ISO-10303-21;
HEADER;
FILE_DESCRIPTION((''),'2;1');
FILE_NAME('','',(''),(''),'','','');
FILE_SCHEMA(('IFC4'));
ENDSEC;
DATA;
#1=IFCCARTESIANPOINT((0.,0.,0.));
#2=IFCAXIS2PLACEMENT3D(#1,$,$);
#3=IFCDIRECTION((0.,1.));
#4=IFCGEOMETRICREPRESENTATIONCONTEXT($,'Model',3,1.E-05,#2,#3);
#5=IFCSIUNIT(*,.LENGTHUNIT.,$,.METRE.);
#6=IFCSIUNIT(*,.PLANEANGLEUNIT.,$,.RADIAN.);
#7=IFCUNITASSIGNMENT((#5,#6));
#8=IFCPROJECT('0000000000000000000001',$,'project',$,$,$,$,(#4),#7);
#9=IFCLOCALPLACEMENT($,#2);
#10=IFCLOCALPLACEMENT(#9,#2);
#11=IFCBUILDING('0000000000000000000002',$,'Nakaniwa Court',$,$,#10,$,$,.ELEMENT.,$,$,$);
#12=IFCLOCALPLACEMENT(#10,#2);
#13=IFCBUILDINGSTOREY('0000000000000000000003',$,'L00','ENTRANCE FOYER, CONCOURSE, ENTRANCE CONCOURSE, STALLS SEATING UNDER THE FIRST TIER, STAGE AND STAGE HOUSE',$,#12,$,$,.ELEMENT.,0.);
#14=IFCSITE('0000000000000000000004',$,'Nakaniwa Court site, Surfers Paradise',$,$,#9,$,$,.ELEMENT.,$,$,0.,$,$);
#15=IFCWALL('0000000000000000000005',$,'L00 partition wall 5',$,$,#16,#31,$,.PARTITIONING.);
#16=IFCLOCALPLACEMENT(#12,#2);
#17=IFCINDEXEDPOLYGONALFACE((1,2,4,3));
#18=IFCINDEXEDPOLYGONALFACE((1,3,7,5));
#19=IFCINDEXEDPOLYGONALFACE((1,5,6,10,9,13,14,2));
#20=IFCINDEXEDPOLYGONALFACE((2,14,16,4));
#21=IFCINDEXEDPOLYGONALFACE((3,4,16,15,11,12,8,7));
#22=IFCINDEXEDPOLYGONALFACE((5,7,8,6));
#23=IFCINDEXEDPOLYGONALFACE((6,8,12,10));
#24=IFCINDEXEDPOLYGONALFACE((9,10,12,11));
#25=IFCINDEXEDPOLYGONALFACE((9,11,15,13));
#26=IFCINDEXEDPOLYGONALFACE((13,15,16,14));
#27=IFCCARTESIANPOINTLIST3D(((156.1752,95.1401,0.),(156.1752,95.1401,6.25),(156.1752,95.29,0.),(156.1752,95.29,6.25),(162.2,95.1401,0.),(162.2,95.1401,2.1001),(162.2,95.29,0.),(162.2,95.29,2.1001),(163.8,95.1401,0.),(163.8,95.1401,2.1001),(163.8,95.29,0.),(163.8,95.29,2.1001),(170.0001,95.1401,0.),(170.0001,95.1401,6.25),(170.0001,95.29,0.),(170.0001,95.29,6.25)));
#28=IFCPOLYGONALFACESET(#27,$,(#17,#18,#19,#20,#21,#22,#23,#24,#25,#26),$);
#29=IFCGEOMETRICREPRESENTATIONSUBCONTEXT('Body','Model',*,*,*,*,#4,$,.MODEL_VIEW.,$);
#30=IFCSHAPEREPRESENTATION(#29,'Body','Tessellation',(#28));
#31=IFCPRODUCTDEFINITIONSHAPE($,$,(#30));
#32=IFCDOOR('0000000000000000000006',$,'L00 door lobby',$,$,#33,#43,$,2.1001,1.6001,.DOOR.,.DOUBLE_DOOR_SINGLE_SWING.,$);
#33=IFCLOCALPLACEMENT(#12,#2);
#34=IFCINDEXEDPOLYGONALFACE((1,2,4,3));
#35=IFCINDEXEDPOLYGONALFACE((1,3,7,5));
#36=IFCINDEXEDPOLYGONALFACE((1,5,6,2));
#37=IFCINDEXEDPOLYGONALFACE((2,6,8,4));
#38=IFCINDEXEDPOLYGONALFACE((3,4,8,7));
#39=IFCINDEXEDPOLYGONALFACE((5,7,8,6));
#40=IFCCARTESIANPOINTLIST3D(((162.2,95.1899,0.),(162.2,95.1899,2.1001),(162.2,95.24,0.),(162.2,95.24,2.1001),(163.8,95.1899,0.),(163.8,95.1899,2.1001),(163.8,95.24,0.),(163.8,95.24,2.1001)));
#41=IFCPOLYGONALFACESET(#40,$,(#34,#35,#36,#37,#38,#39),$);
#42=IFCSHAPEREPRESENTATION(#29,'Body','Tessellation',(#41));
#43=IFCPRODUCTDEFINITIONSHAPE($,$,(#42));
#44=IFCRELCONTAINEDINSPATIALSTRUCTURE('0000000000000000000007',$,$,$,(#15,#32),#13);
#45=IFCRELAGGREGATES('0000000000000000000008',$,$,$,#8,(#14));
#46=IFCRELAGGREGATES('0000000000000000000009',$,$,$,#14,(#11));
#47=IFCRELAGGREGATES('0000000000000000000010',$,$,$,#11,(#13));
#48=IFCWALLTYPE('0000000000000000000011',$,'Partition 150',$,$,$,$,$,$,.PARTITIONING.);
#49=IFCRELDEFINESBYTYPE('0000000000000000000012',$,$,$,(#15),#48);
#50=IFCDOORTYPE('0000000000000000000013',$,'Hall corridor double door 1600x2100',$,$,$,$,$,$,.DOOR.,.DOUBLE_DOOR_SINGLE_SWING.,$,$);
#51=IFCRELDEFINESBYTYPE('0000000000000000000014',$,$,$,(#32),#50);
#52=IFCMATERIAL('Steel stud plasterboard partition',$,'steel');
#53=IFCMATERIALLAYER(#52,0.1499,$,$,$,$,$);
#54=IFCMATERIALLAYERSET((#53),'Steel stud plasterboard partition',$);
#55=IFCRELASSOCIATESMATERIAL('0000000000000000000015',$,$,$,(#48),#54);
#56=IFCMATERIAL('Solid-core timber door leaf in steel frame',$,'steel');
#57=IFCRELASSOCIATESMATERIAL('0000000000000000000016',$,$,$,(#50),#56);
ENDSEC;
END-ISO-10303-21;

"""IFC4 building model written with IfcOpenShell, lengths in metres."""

from ifc_helpers import new_model, si_unit, direction, frame, frame_2d, origin, place, context, subcontext, project, spatial, rectangle, extrude, material, layer, layer_set, type_object, element, fill, save


model = new_model("IFC4")

# Units and contexts
model_context = context("Model", 3, precision=1e-05, world=origin(), true_north=direction((0.0, 1.0)))
body_context = subcontext(model_context, "Body", "Model", "MODEL_VIEW")
ifc_project = project(units=[si_unit("LENGTHUNIT", "METRE"), si_unit("PLANEANGLEUNIT", "RADIAN")], contexts=[model_context])

# Site, building, storey
site_placement = place(None, origin())
site = spatial("IfcSite", under=ifc_project, at=site_placement, Name="Nakaniwa Court site, Surfers Paradise", CompositionType="ELEMENT", RefElevation=0.0)
building_placement = place(site_placement, origin())
building = spatial("IfcBuilding", under=site, at=building_placement, Name="Nakaniwa Court", CompositionType="ELEMENT")
storey_placement = place(building_placement, origin())
storey = spatial("IfcBuildingStorey", under=building, at=storey_placement, Name="L00", Description="ENTRANCE FOYER, CONCOURSE, ENTRANCE CONCOURSE, STALLS SEATING UNDER THE FIRST TIER, STAGE AND STAGE HOUSE", CompositionType="ELEMENT", Elevation=0.0)

# Wall, opening, door
ifc_material_1 = material(Name="Steel stud plasterboard partition", Category="steel")
ifc_layer = layer(ifc_material_1, 0.1499)
ifc_layer_set = layer_set([ifc_layer], Name="Steel stud plasterboard partition")
wall_type = type_object("IfcWallType", Name="Partition 150", PredefinedType="PARTITIONING", material=ifc_layer_set)
wall_placement = place(storey_placement, frame((156.175, 95.2151, 0.0), z_axis=(0.0, 0.0, 1.0), x_axis=(1.0, 0.0, 0.0)))
wall = element("IfcWall", 1, at=wall_placement, inside=storey, type_object=wall_type, Name="L00 partition wall 5", PredefinedType="PARTITIONING", context=body_context, shape_type="SweptSolid", body=[
    extrude(rectangle(XDim=13.825, YDim=0.1499, at=frame_2d((6.9126, 0.0))), origin(), (0.0, 0.0, 1.0), 6.25),
])
opening_placement = place(wall_placement, frame((6.0249, 0.0, 0.0)))
opening = element("IfcOpeningElement", 2, at=opening_placement, cuts=wall, PredefinedType="OPENING", context=body_context, shape_type="SweptSolid", body=[
    extrude(rectangle(XDim=1.6001, YDim=2.1001, at=frame_2d((0.8, 1.05))), frame((0.0, 0.085, 0.0), z_axis=(0.0, -1.0, 0.0), x_axis=(1.0, 0.0, 0.0)), (0.0, 0.0, 1.0), 0.1699),
])
ifc_material_2 = material(Name="Solid-core timber door leaf in steel frame", Category="steel")
door_type = type_object("IfcDoorType", Name="Hall corridor double door 1600x2100", OperationType="DOUBLE_DOOR_SINGLE_SWING", PredefinedType="DOOR", material=ifc_material_2)
door_placement = place(opening_placement, origin())
door = element("IfcDoor", 3, at=door_placement, inside=storey, type_object=door_type, Name="L00 door lobby", OperationType="DOUBLE_DOOR_SINGLE_SWING", OverallHeight=2.1001, OverallWidth=1.6001, PredefinedType="DOOR", context=body_context, shape_type="SweptSolid", body=[
    extrude(rectangle(XDim=1.6001, YDim=2.1001, at=frame_2d((0.8, 1.05))), frame((0.0, 0.0249, 0.0), z_axis=(0.0, -1.0, 0.0), x_axis=(1.0, 0.0, 0.0)), (0.0, 0.0, 1.0), 0.05),
])
fill(opening, door)

save(model, "model.ifc")
